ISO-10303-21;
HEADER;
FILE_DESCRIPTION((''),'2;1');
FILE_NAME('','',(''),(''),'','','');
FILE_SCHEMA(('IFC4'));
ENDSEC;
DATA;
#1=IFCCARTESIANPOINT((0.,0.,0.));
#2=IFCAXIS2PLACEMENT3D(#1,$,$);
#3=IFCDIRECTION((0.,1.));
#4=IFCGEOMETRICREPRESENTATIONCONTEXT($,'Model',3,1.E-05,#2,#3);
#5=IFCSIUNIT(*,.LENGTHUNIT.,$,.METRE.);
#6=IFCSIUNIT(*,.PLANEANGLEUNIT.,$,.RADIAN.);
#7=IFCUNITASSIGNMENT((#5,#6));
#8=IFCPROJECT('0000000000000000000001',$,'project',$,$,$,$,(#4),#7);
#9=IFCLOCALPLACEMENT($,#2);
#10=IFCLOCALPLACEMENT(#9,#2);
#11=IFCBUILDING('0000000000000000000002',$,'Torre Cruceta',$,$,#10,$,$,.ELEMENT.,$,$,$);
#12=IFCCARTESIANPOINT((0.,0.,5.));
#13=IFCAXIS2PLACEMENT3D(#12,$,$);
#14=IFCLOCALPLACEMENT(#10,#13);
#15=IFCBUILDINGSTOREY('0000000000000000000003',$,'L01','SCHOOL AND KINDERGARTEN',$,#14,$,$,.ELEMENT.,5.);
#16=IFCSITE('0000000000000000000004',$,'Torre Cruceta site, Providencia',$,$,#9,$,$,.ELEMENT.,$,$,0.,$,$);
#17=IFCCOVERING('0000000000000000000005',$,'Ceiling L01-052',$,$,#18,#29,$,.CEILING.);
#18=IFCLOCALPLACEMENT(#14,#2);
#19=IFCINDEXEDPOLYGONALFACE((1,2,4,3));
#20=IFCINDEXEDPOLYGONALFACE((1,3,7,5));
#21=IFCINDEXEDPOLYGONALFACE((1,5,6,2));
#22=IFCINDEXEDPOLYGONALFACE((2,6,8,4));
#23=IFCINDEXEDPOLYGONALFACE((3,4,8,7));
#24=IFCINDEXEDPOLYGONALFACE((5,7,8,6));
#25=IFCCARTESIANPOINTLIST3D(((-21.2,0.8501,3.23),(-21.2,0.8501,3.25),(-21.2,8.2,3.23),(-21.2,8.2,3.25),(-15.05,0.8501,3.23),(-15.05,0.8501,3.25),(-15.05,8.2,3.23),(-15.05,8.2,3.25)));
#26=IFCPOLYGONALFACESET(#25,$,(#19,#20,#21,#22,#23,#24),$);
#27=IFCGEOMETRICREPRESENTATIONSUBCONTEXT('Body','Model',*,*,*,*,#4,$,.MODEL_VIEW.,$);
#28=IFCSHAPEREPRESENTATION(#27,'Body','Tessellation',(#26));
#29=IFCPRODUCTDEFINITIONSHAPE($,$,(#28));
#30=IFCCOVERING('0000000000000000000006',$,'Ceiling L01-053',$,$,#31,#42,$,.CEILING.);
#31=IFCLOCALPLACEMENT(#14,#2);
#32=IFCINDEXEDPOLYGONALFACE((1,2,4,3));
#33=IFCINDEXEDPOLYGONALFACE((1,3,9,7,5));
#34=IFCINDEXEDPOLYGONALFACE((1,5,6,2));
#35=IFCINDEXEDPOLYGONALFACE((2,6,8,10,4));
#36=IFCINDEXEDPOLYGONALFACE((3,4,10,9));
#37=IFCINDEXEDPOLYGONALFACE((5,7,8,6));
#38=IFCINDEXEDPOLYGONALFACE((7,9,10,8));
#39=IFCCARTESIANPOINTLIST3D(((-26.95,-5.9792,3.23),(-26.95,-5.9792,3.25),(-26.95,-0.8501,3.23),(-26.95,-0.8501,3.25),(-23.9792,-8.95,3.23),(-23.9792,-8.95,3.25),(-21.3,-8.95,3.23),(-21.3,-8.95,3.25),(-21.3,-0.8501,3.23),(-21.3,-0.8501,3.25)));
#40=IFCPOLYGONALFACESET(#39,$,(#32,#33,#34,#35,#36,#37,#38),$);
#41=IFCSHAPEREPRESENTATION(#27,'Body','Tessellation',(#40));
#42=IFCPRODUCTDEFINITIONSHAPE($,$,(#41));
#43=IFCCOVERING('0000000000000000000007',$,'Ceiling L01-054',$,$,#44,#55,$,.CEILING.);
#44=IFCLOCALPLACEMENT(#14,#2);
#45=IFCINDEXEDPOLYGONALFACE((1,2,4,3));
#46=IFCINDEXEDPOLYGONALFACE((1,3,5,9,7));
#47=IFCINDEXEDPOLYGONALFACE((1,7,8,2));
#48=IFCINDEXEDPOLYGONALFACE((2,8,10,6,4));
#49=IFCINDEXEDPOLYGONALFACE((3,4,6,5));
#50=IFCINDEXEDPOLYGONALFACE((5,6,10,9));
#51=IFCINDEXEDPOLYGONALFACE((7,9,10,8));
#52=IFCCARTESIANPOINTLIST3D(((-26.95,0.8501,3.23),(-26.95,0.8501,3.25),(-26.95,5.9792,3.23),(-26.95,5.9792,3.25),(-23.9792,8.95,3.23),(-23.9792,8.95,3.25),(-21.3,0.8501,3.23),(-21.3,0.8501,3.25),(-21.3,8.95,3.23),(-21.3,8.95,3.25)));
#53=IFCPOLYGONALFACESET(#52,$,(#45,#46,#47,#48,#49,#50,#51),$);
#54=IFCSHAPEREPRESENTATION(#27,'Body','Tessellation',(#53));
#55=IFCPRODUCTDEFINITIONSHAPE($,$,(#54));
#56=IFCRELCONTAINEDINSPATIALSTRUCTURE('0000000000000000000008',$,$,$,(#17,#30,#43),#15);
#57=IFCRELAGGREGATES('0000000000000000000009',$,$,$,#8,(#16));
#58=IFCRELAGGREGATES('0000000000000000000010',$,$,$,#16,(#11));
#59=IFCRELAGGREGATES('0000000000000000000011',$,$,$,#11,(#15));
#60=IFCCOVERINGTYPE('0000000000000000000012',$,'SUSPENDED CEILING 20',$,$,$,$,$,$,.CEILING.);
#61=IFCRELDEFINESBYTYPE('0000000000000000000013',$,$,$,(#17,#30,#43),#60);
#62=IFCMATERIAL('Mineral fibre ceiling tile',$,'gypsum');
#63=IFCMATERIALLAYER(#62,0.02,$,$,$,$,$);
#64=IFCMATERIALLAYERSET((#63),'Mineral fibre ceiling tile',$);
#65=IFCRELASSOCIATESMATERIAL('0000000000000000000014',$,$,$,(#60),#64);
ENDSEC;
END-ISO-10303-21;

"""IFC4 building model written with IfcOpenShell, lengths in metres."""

from ifc_helpers import new_model, si_unit, direction, frame, origin, place, context, subcontext, project, spatial, polyline, outline, extrude, material, layer, layer_set, type_object, element, save


model = new_model("IFC4")

# Units and contexts
model_context = context("Model", 3, precision=1e-05, world=origin(), true_north=direction((0.0, 1.0)))
body_context = subcontext(model_context, "Body", "Model", "MODEL_VIEW")
ifc_project = project(units=[si_unit("LENGTHUNIT", "METRE"), si_unit("PLANEANGLEUNIT", "RADIAN")], contexts=[model_context])

# Site, building, storey
site_placement = place(None, origin())
site = spatial("IfcSite", under=ifc_project, at=site_placement, Name="Torre Cruceta site, Providencia", CompositionType="ELEMENT", RefElevation=0.0)
building_placement = place(site_placement, origin())
building = spatial("IfcBuilding", under=site, at=building_placement, Name="Torre Cruceta", CompositionType="ELEMENT")
storey_placement = place(building_placement, frame((0.0, 0.0, 5.0)))
storey = spatial("IfcBuildingStorey", under=building, at=storey_placement, Name="L01", Description="SCHOOL AND KINDERGARTEN", CompositionType="ELEMENT", Elevation=5.0)

# Coverings
ifc_material_1 = material(Name="Mineral fibre ceiling tile", Category="gypsum")
ifc_layer_1 = layer(ifc_material_1, 0.02)
ifc_layer_set_1 = layer_set([ifc_layer_1], Name="Mineral fibre ceiling tile")
covering_type = type_object("IfcCoveringType", Name="SUSPENDED CEILING 20", PredefinedType="CEILING", material=ifc_layer_set_1)
covering_1_placement = place(storey_placement, frame((0.0, 0.0, 3.23)))
element("IfcCovering", 1, at=covering_1_placement, inside=storey, type_object=covering_type, Name="Ceiling L01-052", PredefinedType="CEILING", context=body_context, shape_type="SweptSolid", body=[
    extrude(outline(polyline([(-15.05, 8.2), (-15.05, 0.8501), (-21.2, 0.8501), (-21.2, 8.2), (-15.05, 8.2)])), origin(), (0.0, 0.0, 1.0), 0.02),
])
covering_2_placement = place(storey_placement, frame((0.0, 0.0, 3.23)))
element("IfcCovering", 2, at=covering_2_placement, inside=storey, type_object=covering_type, Name="Ceiling L01-053", PredefinedType="CEILING", context=body_context, shape_type="SweptSolid", body=[
    extrude(outline(polyline([(-21.3, -8.95), (-23.9792, -8.95), (-26.95, -5.9792), (-26.95, -0.8501), (-21.3, -0.8501), (-21.3, -8.95)])), origin(), (0.0, 0.0, 1.0), 0.02),
])
covering_3_placement = place(storey_placement, frame((0.0, 0.0, 3.23)))
element("IfcCovering", 3, at=covering_3_placement, inside=storey, type_object=covering_type, Name="Ceiling L01-054", PredefinedType="CEILING", context=body_context, shape_type="SweptSolid", body=[
    extrude(outline(polyline([(-26.95, 5.9792), (-23.9792, 8.95), (-21.3, 8.95), (-21.3, 0.8501), (-26.95, 0.8501), (-26.95, 5.9792)])), origin(), (0.0, 0.0, 1.0), 0.02),
])

save(model, "model.ifc")
